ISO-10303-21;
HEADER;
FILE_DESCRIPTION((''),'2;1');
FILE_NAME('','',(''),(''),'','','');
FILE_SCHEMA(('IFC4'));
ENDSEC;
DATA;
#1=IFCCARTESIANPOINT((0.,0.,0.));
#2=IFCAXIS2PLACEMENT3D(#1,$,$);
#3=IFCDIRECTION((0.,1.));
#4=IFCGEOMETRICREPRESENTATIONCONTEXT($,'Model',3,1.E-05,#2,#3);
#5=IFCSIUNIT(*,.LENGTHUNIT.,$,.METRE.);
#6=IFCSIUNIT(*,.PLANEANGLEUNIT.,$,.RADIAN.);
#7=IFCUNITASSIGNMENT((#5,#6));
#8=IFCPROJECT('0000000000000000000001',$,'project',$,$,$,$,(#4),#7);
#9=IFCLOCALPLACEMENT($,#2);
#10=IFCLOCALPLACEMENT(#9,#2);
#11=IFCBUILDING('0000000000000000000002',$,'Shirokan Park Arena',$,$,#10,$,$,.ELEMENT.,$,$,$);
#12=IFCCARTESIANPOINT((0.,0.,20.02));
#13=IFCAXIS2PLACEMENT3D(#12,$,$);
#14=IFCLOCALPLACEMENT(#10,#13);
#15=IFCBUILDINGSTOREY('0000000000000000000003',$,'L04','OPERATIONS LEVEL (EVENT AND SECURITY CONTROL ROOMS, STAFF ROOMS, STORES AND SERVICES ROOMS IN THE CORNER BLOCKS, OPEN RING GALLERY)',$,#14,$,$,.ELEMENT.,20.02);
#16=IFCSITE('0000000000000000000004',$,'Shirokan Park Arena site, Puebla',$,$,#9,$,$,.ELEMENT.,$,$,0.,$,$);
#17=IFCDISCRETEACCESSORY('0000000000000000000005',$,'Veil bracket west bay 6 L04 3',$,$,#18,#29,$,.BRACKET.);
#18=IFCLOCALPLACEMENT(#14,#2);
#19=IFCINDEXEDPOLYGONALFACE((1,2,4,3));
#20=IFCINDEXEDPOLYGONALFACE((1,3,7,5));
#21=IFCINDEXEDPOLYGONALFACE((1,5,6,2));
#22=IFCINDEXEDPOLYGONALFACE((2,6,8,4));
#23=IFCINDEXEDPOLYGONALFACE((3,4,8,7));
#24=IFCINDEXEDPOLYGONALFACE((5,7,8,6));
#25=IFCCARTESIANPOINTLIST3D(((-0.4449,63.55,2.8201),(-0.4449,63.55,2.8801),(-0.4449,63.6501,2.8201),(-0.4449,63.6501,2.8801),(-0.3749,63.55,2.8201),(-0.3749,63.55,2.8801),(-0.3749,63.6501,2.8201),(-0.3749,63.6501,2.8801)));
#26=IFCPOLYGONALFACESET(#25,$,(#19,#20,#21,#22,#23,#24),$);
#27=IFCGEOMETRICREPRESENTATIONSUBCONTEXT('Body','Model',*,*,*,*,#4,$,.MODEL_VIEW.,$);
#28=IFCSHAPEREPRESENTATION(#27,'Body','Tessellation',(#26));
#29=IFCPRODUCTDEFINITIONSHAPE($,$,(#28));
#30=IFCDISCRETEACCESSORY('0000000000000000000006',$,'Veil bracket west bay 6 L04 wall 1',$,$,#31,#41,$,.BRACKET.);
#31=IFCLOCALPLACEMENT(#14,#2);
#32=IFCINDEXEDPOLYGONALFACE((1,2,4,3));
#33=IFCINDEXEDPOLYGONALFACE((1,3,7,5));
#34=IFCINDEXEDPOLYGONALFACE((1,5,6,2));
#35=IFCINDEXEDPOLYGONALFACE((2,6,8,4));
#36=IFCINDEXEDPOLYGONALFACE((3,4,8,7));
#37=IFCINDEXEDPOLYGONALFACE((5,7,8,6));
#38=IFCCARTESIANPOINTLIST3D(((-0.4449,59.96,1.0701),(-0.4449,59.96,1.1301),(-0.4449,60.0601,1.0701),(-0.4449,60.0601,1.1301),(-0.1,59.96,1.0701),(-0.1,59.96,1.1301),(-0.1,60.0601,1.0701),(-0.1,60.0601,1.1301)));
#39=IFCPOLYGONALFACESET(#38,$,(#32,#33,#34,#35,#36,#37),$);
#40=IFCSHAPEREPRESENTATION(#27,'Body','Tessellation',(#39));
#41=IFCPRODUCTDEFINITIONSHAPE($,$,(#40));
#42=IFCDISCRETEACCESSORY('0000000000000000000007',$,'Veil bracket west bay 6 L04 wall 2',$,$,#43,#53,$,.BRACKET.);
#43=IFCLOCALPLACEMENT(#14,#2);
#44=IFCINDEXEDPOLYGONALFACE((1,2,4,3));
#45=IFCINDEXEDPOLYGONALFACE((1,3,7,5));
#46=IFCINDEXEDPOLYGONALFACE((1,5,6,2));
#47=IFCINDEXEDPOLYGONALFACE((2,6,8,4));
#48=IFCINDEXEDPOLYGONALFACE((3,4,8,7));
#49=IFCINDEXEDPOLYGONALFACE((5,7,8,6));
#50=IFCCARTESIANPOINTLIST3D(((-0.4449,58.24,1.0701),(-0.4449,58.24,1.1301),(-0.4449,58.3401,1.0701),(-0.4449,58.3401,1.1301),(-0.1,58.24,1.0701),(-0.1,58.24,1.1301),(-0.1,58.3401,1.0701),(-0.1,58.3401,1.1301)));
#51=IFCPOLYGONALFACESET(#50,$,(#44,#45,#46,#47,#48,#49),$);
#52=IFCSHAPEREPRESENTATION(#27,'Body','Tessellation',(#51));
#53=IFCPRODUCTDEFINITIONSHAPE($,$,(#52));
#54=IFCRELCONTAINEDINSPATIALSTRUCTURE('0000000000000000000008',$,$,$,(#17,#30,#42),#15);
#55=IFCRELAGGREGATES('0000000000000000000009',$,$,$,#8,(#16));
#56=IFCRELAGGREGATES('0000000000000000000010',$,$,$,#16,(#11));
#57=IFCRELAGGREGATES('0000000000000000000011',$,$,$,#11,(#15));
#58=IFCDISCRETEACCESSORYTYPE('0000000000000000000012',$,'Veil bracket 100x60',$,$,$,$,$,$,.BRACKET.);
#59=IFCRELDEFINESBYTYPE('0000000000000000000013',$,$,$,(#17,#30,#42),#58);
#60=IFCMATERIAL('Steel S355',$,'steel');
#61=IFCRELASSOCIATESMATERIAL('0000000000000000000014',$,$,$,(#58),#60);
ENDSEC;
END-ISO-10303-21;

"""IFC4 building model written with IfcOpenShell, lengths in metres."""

from ifc_helpers import new_model, si_unit, direction, frame, origin, origin_2d, place, context, subcontext, project, spatial, rectangle, extrude, material, type_object, element, save


model = new_model("IFC4")

# Units and contexts
model_context = context("Model", 3, precision=1e-05, world=origin(), true_north=direction((0.0, 1.0)))
body_context = subcontext(model_context, "Body", "Model", "MODEL_VIEW")
ifc_project = project(units=[si_unit("LENGTHUNIT", "METRE"), si_unit("PLANEANGLEUNIT", "RADIAN")], contexts=[model_context])

# Site, building, storey
site_placement = place(None, origin())
site = spatial("IfcSite", under=ifc_project, at=site_placement, Name="Shirokan Park Arena site, Puebla", CompositionType="ELEMENT", RefElevation=0.0)
building_placement = place(site_placement, origin())
building = spatial("IfcBuilding", under=site, at=building_placement, Name="Shirokan Park Arena", CompositionType="ELEMENT")
storey_placement = place(building_placement, frame((0.0, 0.0, 20.02)))
storey = spatial("IfcBuildingStorey", under=building, at=storey_placement, Name="L04", Description="OPERATIONS LEVEL (EVENT AND SECURITY CONTROL ROOMS, STAFF ROOMS, STORES AND SERVICES ROOMS IN THE CORNER BLOCKS, OPEN RING GALLERY)", CompositionType="ELEMENT", Elevation=20.02)

# Shared definitions
ifc_material_1 = material(Name="Steel S355", Category="steel")

# Discrete accessories
discrete_accessory_type = type_object("IfcDiscreteAccessoryType", Name="Veil bracket 100x60", PredefinedType="BRACKET", material=ifc_material_1)
for number, where, z_axis, x_axis, name in (
    (1, (-0.4099, 63.6001, 2.8201), (0.0, 0.0, 1.0), (0.0, -1.0, 0.0), "Veil bracket west bay 6 L04 3"),
):
    element("IfcDiscreteAccessory", number, at=place(storey_placement, frame(where, z_axis=z_axis, x_axis=x_axis)), inside=storey, type_object=discrete_accessory_type, Name=name, PredefinedType="BRACKET", context=body_context, shape_type="SweptSolid", body=[
        extrude(rectangle(XDim=0.1001, YDim=0.0701, at=origin_2d()), origin(), (0.0, 0.0, 1.0), 0.0601),
    ])
for number, where, z_axis, x_axis, name in (
    (2, (-0.2725, 60.01, 1.0701), (0.0, 0.0, 1.0), (0.0, -1.0, 0.0), "Veil bracket west bay 6 L04 wall 1"),
    (3, (-0.2725, 58.29, 1.0701), (0.0, 0.0, 1.0), (0.0, -1.0, 0.0), "Veil bracket west bay 6 L04 wall 2"),
):
    element("IfcDiscreteAccessory", number, at=place(storey_placement, frame(where, z_axis=z_axis, x_axis=x_axis)), inside=storey, type_object=discrete_accessory_type, Name=name, PredefinedType="BRACKET", context=body_context, shape_type="SweptSolid", body=[
        extrude(rectangle(XDim=0.1001, YDim=0.345, at=origin_2d()), origin(), (0.0, 0.0, 1.0), 0.0601),
    ])

save(model, "model.ifc")
